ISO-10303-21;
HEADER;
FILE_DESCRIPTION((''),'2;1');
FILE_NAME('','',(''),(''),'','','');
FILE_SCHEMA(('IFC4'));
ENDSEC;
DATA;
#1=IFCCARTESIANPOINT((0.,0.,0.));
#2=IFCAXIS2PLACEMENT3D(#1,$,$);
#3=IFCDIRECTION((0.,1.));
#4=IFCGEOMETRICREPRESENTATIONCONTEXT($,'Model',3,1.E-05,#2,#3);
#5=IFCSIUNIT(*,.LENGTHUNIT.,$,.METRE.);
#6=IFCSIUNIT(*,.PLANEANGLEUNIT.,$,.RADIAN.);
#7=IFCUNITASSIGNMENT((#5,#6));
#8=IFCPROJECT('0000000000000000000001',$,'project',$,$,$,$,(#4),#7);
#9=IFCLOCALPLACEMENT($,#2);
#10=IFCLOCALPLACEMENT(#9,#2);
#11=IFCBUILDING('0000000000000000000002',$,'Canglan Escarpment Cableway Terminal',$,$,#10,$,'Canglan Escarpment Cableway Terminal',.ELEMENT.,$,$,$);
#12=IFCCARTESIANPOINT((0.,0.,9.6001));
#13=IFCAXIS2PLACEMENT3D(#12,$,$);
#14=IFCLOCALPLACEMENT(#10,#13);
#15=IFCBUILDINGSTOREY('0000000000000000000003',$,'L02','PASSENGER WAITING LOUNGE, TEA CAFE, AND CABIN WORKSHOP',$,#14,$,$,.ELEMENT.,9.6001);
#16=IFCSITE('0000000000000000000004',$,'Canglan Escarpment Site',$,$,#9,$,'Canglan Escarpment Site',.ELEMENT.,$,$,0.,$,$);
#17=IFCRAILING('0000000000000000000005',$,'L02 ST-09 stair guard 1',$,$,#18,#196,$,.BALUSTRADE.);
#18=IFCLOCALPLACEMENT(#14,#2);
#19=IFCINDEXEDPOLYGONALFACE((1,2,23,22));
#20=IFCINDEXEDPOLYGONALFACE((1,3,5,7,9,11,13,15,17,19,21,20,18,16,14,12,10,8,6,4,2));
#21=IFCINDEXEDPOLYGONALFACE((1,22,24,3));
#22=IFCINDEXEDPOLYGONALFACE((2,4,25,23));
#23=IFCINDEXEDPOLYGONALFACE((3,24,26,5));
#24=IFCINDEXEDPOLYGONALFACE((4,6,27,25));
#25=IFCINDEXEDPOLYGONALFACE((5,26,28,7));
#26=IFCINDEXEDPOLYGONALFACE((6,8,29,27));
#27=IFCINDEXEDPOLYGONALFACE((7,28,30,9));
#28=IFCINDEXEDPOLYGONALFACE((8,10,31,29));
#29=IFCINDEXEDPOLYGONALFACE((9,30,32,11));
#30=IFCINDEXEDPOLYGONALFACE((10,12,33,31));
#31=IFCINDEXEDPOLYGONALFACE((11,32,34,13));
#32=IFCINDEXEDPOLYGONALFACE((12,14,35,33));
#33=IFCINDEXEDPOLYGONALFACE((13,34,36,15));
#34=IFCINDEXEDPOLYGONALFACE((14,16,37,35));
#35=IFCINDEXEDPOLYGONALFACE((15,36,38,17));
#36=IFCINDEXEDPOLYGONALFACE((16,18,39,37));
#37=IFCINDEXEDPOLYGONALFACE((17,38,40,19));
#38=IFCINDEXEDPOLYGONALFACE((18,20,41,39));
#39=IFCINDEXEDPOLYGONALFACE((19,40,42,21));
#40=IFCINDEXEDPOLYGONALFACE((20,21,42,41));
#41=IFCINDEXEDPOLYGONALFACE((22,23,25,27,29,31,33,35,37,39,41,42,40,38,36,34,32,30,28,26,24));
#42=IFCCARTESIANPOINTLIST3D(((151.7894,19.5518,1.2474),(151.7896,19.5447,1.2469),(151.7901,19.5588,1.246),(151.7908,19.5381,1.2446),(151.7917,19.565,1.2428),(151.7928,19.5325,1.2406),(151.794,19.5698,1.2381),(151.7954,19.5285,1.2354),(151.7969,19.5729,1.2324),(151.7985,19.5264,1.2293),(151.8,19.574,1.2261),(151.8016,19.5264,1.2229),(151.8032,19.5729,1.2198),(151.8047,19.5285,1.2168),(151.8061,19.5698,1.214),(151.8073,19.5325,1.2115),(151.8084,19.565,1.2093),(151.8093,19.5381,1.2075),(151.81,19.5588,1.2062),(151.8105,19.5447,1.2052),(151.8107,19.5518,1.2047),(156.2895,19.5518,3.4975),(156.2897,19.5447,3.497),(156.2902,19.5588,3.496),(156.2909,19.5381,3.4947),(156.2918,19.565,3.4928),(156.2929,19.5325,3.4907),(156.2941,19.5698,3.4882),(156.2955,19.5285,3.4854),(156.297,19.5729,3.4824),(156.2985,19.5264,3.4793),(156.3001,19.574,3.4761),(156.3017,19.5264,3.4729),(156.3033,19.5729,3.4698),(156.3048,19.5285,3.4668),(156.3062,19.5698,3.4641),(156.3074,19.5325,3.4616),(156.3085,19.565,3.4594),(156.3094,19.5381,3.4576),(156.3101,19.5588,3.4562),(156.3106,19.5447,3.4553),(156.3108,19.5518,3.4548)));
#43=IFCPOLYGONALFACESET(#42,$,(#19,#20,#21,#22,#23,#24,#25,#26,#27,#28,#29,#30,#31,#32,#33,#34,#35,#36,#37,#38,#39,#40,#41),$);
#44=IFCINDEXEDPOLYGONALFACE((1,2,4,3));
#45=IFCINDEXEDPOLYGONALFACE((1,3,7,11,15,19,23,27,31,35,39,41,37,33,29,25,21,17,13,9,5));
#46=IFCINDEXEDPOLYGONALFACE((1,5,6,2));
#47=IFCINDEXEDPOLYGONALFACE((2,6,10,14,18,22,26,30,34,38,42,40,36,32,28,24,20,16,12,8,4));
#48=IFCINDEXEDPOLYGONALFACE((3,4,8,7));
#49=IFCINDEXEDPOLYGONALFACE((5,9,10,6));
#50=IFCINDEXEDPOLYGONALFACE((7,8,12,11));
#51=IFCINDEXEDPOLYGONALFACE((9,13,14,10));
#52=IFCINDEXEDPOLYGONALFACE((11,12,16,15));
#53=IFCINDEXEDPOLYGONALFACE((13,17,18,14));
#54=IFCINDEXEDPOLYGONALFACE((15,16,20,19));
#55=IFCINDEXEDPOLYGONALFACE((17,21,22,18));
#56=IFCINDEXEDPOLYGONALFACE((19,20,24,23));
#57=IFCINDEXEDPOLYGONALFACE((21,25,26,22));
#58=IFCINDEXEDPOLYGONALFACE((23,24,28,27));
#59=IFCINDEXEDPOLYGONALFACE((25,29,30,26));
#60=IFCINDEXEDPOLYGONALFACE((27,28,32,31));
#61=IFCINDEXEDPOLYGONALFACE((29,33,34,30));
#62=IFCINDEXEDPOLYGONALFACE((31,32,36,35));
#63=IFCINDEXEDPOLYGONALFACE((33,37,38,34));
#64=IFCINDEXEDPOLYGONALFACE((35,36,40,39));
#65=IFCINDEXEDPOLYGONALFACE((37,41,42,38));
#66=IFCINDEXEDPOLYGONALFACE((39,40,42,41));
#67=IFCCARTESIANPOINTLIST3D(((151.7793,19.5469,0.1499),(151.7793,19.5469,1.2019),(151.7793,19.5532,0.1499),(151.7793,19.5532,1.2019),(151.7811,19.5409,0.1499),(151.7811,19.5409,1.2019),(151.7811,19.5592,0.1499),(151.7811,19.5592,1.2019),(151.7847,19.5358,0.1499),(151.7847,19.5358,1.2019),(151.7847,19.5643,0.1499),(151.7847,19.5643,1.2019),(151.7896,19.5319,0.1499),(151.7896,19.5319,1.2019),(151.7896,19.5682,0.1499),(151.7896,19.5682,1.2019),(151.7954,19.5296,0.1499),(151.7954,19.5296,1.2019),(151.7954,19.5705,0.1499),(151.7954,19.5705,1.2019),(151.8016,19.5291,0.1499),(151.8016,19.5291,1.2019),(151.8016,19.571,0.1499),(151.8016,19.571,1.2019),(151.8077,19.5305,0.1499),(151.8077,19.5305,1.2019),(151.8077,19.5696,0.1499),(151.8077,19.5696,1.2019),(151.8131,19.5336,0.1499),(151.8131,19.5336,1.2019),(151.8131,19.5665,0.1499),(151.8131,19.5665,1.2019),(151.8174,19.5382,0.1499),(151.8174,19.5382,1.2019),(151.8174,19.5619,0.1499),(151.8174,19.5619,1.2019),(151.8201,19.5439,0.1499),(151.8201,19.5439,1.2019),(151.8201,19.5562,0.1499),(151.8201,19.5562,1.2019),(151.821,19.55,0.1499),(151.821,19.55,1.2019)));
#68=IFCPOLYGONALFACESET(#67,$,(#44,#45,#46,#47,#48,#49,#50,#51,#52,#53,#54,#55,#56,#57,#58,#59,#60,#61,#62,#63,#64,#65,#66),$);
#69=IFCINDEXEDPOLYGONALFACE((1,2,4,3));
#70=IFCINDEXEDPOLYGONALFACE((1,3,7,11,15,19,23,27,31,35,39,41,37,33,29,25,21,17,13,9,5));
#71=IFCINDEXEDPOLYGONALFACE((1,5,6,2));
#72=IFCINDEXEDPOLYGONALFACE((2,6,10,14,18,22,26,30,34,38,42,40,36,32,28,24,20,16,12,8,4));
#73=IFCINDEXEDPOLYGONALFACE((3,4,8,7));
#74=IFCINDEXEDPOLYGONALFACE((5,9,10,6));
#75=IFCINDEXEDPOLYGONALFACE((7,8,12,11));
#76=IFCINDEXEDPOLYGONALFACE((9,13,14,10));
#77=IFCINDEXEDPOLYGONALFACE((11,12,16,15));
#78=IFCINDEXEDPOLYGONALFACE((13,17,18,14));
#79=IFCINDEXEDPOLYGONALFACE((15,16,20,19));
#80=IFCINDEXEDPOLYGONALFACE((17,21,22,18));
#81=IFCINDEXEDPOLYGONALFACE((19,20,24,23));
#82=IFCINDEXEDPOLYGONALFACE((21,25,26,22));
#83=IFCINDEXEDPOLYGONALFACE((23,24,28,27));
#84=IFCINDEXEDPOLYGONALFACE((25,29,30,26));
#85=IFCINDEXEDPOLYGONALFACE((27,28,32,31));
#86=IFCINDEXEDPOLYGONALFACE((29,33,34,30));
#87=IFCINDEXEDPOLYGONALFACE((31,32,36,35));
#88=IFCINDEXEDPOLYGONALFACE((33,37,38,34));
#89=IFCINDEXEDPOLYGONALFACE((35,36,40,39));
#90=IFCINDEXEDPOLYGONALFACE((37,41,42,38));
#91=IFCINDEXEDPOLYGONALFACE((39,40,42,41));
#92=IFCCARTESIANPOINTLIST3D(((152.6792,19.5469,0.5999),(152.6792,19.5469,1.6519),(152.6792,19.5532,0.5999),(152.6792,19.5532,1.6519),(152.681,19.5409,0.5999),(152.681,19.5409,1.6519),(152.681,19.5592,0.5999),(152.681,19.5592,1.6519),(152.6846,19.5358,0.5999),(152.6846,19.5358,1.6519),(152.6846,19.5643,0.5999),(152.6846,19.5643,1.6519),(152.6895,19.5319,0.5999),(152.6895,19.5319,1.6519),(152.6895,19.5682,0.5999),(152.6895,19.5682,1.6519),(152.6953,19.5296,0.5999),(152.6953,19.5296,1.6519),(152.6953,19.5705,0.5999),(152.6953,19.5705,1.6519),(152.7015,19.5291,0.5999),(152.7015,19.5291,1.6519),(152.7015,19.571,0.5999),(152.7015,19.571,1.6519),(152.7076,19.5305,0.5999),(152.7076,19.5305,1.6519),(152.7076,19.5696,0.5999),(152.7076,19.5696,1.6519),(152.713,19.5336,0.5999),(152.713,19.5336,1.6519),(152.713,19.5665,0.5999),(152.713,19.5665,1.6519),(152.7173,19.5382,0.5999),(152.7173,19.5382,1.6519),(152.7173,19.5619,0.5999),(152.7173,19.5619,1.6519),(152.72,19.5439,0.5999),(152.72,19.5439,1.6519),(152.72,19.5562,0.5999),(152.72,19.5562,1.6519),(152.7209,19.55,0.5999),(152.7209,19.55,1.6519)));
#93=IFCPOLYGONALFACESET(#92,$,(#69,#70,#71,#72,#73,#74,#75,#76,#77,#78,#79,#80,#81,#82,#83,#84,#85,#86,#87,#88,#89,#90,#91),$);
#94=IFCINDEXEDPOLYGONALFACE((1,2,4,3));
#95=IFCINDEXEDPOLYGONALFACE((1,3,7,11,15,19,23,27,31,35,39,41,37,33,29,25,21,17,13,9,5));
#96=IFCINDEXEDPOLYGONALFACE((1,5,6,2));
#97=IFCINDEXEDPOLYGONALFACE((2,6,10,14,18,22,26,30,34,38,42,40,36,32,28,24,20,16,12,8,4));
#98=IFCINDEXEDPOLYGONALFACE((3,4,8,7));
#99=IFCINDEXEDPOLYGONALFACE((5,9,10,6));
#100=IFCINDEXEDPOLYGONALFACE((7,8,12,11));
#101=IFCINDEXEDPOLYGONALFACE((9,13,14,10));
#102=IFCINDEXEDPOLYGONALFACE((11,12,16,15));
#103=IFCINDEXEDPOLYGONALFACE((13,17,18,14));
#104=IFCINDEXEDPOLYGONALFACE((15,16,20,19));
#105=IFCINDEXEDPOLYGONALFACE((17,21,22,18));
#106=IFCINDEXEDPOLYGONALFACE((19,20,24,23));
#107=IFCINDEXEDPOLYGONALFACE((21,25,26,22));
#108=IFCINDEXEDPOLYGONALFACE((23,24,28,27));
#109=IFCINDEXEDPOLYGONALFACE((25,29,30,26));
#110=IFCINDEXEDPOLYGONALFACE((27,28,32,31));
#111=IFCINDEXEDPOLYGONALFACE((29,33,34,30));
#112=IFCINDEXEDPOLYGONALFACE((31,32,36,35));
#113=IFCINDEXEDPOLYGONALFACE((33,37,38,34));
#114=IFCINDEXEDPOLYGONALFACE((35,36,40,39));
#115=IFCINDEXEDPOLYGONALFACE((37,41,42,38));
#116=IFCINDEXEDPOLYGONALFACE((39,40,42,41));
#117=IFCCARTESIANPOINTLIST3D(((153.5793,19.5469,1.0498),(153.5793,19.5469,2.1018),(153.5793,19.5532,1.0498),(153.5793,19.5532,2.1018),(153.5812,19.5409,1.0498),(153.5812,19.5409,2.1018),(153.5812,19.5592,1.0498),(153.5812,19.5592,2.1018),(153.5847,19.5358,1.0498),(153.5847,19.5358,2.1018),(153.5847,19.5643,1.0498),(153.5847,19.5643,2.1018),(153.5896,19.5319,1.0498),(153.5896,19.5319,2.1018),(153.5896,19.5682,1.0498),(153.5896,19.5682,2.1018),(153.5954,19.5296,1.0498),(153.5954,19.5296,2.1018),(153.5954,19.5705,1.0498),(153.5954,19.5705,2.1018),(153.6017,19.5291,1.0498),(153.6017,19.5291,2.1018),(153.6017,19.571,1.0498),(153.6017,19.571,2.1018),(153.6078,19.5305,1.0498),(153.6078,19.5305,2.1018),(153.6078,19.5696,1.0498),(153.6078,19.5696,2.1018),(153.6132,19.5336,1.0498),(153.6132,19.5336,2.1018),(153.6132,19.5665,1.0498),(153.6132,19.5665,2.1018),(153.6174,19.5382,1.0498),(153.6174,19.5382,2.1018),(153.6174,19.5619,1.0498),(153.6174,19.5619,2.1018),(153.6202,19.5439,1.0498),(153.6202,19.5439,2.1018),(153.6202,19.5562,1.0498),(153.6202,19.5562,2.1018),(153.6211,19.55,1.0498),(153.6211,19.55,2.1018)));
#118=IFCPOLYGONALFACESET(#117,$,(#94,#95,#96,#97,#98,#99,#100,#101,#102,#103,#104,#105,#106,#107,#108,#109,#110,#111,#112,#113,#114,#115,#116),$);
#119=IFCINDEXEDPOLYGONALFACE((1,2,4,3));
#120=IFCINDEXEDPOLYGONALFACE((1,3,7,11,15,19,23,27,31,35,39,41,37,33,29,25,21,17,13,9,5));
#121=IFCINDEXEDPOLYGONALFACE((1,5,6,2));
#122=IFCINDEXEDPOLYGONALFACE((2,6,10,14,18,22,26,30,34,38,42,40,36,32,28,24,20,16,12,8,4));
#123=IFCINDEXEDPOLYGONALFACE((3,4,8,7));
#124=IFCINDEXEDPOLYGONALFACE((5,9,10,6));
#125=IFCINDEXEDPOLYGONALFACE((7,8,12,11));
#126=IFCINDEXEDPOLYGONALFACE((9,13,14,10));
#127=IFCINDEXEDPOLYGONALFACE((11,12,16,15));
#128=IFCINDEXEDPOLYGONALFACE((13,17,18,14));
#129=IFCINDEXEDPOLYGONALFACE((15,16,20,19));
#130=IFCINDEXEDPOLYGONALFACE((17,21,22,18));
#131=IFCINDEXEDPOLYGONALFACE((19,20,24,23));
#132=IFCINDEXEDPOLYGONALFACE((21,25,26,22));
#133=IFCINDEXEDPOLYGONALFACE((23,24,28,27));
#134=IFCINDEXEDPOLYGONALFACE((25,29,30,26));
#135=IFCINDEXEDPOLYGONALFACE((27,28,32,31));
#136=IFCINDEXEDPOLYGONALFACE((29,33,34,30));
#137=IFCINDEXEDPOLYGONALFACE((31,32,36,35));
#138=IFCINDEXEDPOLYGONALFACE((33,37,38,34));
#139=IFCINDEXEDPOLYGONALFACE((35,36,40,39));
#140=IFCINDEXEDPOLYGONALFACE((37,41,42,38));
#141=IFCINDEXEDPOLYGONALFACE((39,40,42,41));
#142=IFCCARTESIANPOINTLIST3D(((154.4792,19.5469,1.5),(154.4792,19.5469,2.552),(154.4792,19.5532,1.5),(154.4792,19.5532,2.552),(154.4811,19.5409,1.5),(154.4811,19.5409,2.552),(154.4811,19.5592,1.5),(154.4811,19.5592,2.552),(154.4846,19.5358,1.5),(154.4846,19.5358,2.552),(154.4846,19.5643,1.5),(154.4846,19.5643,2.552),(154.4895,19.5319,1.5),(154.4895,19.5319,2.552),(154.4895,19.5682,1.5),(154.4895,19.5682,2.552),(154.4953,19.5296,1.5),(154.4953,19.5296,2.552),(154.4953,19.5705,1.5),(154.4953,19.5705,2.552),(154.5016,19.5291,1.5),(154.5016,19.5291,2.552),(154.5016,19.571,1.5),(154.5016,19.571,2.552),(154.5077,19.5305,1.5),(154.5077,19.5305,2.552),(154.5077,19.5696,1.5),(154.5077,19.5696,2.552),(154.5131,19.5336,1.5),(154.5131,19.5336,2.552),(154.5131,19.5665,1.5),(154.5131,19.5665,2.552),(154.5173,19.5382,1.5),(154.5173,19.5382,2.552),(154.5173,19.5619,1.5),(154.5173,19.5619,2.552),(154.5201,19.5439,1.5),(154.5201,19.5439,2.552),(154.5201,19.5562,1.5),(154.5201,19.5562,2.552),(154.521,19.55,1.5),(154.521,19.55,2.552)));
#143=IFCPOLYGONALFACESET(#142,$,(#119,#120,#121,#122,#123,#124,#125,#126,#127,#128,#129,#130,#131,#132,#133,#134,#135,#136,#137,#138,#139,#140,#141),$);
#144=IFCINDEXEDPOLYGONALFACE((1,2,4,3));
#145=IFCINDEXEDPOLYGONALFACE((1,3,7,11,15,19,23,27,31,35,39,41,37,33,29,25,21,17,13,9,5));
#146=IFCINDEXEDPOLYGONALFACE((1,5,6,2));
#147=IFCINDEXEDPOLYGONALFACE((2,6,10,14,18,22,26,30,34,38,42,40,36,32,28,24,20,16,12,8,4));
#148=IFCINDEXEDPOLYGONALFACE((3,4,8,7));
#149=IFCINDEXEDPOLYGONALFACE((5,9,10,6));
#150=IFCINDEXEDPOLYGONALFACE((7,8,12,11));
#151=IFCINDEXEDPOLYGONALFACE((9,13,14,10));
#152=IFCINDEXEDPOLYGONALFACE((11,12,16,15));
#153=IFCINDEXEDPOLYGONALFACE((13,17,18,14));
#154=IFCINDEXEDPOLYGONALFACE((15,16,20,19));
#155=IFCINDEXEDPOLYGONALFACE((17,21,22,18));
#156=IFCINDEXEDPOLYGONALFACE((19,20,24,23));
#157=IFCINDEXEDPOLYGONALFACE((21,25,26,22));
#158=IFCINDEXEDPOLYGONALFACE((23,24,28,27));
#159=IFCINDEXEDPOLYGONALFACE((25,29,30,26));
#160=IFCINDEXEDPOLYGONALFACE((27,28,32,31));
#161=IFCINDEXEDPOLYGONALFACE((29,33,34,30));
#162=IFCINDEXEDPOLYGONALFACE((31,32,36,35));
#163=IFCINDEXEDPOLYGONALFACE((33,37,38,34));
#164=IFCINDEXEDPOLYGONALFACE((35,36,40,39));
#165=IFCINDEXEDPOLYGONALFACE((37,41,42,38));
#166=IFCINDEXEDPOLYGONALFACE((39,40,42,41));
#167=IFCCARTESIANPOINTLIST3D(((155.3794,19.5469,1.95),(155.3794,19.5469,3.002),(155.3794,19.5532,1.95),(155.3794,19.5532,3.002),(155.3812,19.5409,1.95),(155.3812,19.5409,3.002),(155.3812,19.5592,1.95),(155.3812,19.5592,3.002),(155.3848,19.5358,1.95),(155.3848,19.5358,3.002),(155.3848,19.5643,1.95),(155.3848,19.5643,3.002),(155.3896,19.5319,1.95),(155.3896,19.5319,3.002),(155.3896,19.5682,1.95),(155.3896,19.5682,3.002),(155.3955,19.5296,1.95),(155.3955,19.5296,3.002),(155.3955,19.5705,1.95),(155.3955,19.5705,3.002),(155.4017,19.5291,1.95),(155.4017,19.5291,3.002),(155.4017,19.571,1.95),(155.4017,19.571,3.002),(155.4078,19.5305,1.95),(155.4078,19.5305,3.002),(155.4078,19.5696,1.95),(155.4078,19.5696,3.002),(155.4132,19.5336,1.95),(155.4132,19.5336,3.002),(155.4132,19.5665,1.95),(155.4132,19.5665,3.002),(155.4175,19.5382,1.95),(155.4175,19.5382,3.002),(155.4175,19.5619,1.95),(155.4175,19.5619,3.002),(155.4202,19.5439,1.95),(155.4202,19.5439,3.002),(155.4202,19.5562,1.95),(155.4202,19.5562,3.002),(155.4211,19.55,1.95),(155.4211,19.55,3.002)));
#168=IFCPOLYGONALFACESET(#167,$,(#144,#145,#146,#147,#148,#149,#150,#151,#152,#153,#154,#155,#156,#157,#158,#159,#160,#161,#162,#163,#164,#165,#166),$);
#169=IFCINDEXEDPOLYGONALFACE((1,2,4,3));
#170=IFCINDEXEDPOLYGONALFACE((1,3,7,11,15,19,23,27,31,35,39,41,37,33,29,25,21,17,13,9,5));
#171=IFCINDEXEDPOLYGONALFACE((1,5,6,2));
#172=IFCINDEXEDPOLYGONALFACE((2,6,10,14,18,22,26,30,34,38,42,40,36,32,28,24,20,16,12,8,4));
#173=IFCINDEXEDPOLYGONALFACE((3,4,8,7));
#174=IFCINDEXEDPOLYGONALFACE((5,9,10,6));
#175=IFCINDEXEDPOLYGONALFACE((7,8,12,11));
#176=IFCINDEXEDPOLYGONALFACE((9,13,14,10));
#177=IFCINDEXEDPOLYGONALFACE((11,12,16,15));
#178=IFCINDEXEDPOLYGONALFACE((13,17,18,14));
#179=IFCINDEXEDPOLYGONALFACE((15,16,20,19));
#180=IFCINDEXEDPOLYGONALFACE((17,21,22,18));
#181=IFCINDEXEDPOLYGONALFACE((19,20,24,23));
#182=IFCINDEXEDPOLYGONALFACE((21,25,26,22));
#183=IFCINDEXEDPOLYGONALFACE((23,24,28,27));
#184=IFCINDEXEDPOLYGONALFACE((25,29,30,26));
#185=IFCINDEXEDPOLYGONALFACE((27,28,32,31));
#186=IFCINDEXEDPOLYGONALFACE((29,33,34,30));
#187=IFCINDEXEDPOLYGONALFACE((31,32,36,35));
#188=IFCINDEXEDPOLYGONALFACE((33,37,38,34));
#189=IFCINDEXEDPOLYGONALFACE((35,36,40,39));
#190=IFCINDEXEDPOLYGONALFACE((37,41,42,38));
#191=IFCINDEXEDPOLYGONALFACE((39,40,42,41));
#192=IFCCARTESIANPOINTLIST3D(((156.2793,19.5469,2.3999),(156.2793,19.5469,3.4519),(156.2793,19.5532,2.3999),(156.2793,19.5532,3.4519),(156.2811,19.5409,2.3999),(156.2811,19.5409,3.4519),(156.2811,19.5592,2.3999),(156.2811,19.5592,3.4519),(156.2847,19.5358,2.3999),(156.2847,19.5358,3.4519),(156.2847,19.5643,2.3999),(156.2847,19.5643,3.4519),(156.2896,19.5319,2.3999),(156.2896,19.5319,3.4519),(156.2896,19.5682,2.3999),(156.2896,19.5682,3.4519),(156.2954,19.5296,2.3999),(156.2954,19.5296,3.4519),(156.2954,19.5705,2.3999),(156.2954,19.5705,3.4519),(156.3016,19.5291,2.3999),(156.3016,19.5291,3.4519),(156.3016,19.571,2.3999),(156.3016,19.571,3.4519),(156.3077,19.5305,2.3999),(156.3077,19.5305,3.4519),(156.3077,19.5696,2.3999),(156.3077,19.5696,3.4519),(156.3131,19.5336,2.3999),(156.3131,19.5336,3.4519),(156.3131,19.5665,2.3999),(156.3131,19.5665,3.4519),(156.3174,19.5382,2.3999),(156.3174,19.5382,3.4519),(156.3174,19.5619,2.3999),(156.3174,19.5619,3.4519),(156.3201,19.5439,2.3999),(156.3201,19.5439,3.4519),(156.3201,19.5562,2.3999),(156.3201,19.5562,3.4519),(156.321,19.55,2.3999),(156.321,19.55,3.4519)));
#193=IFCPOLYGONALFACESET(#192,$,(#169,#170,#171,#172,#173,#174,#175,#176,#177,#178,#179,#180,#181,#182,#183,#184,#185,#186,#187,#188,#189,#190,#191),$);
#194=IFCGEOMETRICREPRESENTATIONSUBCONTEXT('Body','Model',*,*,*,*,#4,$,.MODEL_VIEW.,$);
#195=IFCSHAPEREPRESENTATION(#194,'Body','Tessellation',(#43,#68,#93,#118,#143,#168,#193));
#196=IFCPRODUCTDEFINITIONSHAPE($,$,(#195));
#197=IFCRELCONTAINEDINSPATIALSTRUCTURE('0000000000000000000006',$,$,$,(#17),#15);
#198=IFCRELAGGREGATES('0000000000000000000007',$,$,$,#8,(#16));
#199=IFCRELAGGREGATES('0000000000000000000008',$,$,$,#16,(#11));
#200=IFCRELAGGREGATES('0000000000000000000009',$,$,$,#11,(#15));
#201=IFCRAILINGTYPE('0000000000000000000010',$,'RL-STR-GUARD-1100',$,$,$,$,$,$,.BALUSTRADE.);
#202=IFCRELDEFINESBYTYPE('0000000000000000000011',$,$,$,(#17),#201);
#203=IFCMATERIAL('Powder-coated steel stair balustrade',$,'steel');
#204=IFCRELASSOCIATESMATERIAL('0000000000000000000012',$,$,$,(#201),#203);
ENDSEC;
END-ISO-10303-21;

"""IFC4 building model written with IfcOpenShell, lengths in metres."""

from ifc_helpers import new_model, si_unit, direction, frame, origin, origin_2d, place, context, subcontext, project, spatial, circle, extrude, material, type_object, element, save


model = new_model("IFC4")

# Units and contexts
model_context = context("Model", 3, precision=1e-05, world=origin(), true_north=direction((0.0, 1.0)))
body_context = subcontext(model_context, "Body", "Model", "MODEL_VIEW")
ifc_project = project(units=[si_unit("LENGTHUNIT", "METRE"), si_unit("PLANEANGLEUNIT", "RADIAN")], contexts=[model_context])

# Site, building, storey
site_placement = place(None, origin())
site = spatial("IfcSite", under=ifc_project, at=site_placement, Name="Canglan Escarpment Site", LongName="Canglan Escarpment Site", CompositionType="ELEMENT", RefElevation=0.0)
building_placement = place(site_placement, origin())
building = spatial("IfcBuilding", under=site, at=building_placement, Name="Canglan Escarpment Cableway Terminal", LongName="Canglan Escarpment Cableway Terminal", CompositionType="ELEMENT")
storey_placement = place(building_placement, frame((0.0, 0.0, 9.6001)))
storey = spatial("IfcBuildingStorey", under=building, at=storey_placement, Name="L02", Description="PASSENGER WAITING LOUNGE, TEA CAFE, AND CABIN WORKSHOP", CompositionType="ELEMENT", Elevation=9.6001)

# Railing
ifc_material_1 = material(Name="Powder-coated steel stair balustrade", Category="steel")
railing_type_1 = type_object("IfcRailingType", Name="RL-STR-GUARD-1100", PredefinedType="BALUSTRADE", material=ifc_material_1)
railing_1_placement = place(storey_placement, frame((151.8, 19.55, 0.1499)))
element("IfcRailing", 1, at=railing_1_placement, inside=storey, type_object=railing_type_1, Name="L02 ST-09 stair guard 1", PredefinedType="BALUSTRADE", context=body_context, shape_type="SweptSolid", body=[
    extrude(circle(Radius=0.0239, at=origin_2d()), frame((0.0, 0.0, 1.0762), z_axis=(0.894427, 0.0, 0.447214), x_axis=(0.0, 1.0, 0.0)), (0.0, 0.0, 1.0), 5.0312),
    extrude(circle(Radius=0.021, at=origin_2d()), origin(), (0.0, 0.0, 1.0), 1.052),
    extrude(circle(Radius=0.021, at=origin_2d()), frame((0.8999, 0.0, 0.45)), (0.0, 0.0, 1.0), 1.052),
    extrude(circle(Radius=0.021, at=origin_2d()), frame((1.8, 0.0, 0.8999)), (0.0, 0.0, 1.0), 1.052),
    extrude(circle(Radius=0.021, at=origin_2d()), frame((2.7, 0.0, 1.3501)), (0.0, 0.0, 1.0), 1.052),
    extrude(circle(Radius=0.021, at=origin_2d()), frame((3.6001, 0.0, 1.8)), (0.0, 0.0, 1.0), 1.052),
    extrude(circle(Radius=0.021, at=origin_2d()), frame((4.5, 0.0, 2.25)), (0.0, 0.0, 1.0), 1.052),
])

save(model, "model.ifc")
